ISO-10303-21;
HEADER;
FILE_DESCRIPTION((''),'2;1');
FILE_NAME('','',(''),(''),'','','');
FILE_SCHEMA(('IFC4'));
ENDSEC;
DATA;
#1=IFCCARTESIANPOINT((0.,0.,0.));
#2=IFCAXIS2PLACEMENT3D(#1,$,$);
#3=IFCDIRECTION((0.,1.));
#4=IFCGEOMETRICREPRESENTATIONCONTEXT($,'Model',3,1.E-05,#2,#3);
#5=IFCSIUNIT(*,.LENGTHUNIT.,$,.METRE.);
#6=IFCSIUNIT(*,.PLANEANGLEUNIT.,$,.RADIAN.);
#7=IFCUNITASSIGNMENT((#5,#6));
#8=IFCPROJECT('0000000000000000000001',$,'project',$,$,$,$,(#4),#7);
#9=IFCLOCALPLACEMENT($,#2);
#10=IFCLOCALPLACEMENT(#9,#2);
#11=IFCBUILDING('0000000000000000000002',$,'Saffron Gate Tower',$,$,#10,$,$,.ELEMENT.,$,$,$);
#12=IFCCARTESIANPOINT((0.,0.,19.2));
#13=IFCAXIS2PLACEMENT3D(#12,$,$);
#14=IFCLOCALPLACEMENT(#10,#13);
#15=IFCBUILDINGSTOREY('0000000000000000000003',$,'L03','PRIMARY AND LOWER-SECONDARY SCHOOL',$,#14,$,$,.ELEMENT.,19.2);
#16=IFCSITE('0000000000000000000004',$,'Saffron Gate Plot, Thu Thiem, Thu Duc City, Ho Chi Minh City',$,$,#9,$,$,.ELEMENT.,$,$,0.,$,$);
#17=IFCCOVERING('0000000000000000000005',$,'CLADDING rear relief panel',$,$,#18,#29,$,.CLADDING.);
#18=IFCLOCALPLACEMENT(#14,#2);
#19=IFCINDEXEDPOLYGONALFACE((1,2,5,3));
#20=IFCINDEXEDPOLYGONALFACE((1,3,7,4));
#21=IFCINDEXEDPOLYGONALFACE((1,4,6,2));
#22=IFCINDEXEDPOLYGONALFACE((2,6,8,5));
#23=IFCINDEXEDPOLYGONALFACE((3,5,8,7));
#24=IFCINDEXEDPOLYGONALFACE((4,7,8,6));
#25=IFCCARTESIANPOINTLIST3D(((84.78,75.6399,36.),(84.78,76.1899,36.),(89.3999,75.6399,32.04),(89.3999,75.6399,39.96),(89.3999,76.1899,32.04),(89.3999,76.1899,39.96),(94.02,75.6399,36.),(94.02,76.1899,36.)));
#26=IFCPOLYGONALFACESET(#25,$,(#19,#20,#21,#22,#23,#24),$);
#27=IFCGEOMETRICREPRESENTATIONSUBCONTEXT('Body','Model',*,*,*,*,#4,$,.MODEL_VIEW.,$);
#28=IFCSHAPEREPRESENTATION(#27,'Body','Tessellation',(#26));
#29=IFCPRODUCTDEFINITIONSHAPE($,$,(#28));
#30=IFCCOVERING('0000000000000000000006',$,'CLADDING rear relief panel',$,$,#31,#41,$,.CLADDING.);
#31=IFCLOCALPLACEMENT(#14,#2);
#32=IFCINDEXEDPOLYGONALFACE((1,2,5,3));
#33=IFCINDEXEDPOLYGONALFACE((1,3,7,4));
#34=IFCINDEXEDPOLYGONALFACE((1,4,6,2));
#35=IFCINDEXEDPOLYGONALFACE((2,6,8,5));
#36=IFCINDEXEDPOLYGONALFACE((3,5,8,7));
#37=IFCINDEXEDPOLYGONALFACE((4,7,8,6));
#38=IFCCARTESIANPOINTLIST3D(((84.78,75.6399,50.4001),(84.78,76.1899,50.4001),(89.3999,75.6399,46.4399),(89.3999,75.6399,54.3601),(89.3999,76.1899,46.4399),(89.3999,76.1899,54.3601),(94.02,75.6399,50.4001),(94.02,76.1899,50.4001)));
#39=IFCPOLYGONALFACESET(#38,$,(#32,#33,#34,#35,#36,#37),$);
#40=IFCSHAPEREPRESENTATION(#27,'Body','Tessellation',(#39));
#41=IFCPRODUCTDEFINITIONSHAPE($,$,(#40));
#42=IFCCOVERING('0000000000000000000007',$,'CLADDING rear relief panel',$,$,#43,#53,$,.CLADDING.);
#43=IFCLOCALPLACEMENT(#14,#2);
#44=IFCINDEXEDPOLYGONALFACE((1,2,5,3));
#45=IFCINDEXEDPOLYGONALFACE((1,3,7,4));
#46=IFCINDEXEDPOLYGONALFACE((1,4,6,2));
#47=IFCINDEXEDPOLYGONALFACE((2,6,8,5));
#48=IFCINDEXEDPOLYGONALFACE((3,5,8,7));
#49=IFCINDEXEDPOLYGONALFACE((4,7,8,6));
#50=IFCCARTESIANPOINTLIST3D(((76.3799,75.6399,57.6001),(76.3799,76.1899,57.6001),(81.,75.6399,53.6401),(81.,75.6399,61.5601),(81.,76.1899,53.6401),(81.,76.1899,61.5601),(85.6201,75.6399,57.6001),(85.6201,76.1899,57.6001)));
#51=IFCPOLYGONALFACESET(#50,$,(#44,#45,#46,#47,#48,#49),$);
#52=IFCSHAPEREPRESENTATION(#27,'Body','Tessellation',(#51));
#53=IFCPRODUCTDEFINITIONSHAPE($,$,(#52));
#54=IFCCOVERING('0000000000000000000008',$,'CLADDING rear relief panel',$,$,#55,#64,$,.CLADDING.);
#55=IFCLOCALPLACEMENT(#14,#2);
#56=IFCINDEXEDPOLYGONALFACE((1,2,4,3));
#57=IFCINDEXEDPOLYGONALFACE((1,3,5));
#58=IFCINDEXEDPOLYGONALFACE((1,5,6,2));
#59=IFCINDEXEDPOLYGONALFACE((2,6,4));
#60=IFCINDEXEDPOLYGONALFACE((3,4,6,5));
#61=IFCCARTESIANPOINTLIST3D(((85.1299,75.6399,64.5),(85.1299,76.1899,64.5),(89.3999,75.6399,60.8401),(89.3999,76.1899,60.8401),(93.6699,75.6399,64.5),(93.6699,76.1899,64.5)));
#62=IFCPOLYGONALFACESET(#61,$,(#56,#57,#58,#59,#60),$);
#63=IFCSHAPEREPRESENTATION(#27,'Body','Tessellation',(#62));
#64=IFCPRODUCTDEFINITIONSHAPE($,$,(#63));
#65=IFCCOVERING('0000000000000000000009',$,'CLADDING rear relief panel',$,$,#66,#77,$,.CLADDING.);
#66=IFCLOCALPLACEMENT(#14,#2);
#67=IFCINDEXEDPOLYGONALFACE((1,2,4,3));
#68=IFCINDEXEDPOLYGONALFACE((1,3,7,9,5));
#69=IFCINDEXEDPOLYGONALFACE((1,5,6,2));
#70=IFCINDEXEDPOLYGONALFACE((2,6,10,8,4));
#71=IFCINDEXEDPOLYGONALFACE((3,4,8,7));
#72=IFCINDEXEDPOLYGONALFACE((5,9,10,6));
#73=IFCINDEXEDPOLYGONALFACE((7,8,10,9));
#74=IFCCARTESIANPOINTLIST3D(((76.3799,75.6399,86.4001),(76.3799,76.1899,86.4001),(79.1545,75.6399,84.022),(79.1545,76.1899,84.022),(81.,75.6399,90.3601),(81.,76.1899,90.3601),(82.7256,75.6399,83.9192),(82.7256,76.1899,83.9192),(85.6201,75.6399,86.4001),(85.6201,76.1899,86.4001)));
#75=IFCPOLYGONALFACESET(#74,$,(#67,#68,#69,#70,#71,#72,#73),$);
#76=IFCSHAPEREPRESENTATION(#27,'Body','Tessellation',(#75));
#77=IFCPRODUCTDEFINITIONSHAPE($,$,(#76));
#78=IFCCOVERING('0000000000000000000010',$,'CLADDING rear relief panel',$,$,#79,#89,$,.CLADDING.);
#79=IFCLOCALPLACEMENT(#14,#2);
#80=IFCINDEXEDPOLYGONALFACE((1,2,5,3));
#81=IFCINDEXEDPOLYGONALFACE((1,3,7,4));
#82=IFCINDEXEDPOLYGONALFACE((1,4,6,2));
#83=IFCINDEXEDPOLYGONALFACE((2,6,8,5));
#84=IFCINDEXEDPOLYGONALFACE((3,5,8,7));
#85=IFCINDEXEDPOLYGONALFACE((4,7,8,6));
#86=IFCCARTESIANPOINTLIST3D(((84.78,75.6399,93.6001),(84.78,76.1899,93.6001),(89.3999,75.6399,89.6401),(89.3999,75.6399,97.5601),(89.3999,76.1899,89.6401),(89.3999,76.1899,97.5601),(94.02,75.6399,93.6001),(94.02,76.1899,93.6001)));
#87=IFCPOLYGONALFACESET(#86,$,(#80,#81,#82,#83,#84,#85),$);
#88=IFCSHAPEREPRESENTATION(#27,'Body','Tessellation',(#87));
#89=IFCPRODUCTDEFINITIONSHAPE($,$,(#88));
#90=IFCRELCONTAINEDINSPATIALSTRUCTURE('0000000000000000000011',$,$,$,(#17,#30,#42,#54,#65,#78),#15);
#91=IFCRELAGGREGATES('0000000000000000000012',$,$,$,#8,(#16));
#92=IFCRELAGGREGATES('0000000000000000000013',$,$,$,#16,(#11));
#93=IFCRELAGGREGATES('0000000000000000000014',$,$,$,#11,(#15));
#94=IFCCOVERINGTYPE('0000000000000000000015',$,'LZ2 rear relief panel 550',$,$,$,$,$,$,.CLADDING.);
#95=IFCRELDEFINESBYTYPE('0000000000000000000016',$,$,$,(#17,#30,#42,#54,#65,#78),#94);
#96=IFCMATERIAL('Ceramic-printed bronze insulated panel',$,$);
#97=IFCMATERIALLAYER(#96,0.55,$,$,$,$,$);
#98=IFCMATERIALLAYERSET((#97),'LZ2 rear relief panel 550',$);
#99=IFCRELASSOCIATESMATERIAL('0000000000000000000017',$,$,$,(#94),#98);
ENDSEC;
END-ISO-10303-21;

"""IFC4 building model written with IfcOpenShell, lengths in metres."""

from ifc_helpers import new_model, si_unit, direction, frame, origin, place, context, subcontext, project, spatial, polyline, outline, extrude, material, layer, layer_set, type_object, element, save


model = new_model("IFC4")

# Units and contexts
model_context = context("Model", 3, precision=1e-05, world=origin(), true_north=direction((0.0, 1.0)))
body_context = subcontext(model_context, "Body", "Model", "MODEL_VIEW")
ifc_project = project(units=[si_unit("LENGTHUNIT", "METRE"), si_unit("PLANEANGLEUNIT", "RADIAN")], contexts=[model_context])

# Site, building, storey
site_placement = place(None, origin())
site = spatial("IfcSite", under=ifc_project, at=site_placement, Name="Saffron Gate Plot, Thu Thiem, Thu Duc City, Ho Chi Minh City", CompositionType="ELEMENT", RefElevation=0.0)
building_placement = place(site_placement, origin())
building = spatial("IfcBuilding", under=site, at=building_placement, Name="Saffron Gate Tower", CompositionType="ELEMENT")
storey_placement = place(building_placement, frame((0.0, 0.0, 19.2)))
storey = spatial("IfcBuildingStorey", under=building, at=storey_placement, Name="L03", Description="PRIMARY AND LOWER-SECONDARY SCHOOL", CompositionType="ELEMENT", Elevation=19.2)

# Coverings
ifc_material = material(Name="Ceramic-printed bronze insulated panel")
ifc_layer_1 = layer(ifc_material, 0.55)
ifc_layer_set_1 = layer_set([ifc_layer_1], Name="LZ2 rear relief panel 550")
covering_type_1 = type_object("IfcCoveringType", Name="LZ2 rear relief panel 550", PredefinedType="CLADDING", material=ifc_layer_set_1)
covering_1_placement = place(storey_placement, frame((89.3999, 76.1899, 39.96), z_axis=(0.0, 1.0, 0.0), x_axis=(0.759268, 0.0, -0.650778)))
element("IfcCovering", 1, at=covering_1_placement, inside=storey, type_object=covering_type_1, Name="CLADDING rear relief panel", PredefinedType="CLADDING", context=body_context, shape_type="SweptSolid", body=[
    extrude(outline(polyline([(0.0, 0.0), (6.085, 0.0), (5.1541, 6.0133), (-0.9307, 6.0132), (0.0, 0.0)])), origin(), (0.0, 0.0, -1.0), 0.55),
])
covering_2_placement = place(storey_placement, frame((89.3999, 76.1899, 54.3601), z_axis=(0.0, 1.0, 0.0), x_axis=(0.759268, 0.0, -0.650778)))
element("IfcCovering", 2, at=covering_2_placement, inside=storey, type_object=covering_type_1, Name="CLADDING rear relief panel", PredefinedType="CLADDING", context=body_context, shape_type="SweptSolid", body=[
    extrude(outline(polyline([(0.0, 0.0), (6.085, 0.0), (5.1543, 6.0135), (-0.9307, 6.0132), (0.0, 0.0)])), origin(), (0.0, 0.0, -1.0), 0.55),
])
covering_3_placement = place(storey_placement, frame((81.0, 76.1899, 61.5601), z_axis=(0.0, 1.0, 0.0), x_axis=(0.759268, 0.0, -0.650778)))
element("IfcCovering", 3, at=covering_3_placement, inside=storey, type_object=covering_type_1, Name="CLADDING rear relief panel", PredefinedType="CLADDING", context=body_context, shape_type="SweptSolid", body=[
    extrude(outline(polyline([(0.0, 0.0), (6.085, 0.0), (5.1541, 6.0133), (-0.9309, 6.0133), (0.0, 0.0)])), origin(), (0.0, 0.0, -1.0), 0.55),
])
covering_4_placement = place(storey_placement, frame((85.1299, 76.1899, 64.5), z_axis=(0.0, 1.0, 0.0), x_axis=(1.0, 0.0, 0.0)))
element("IfcCovering", 4, at=covering_4_placement, inside=storey, type_object=covering_type_1, Name="CLADDING rear relief panel", PredefinedType="CLADDING", context=body_context, shape_type="SweptSolid", body=[
    extrude(outline(polyline([(0.0, 0.0), (8.54, 0.0), (4.27, 3.6599), (0.0, 0.0)])), origin(), (0.0, 0.0, -1.0), 0.55),
])
covering_5_placement = place(storey_placement, frame((81.0, 76.1899, 90.3601), z_axis=(0.0, 1.0, 0.0), x_axis=(0.759268, 0.0, -0.650778)))
element("IfcCovering", 5, at=covering_5_placement, inside=storey, type_object=covering_type_1, Name="CLADDING rear relief panel", PredefinedType="CLADDING", context=body_context, shape_type="SweptSolid", body=[
    extrude(outline(polyline([(0.0, 0.0), (6.085, 0.0), (5.5018, 3.7674), (2.7235, 6.0133), (-0.9309, 6.0133), (0.0, 0.0)])), origin(), (0.0, 0.0, -1.0), 0.55),
])
covering_6_placement = place(storey_placement, frame((89.3999, 76.1899, 97.5601), z_axis=(0.0, 1.0, 0.0), x_axis=(0.759268, 0.0, -0.650778)))
element("IfcCovering", 6, at=covering_6_placement, inside=storey, type_object=covering_type_1, Name="CLADDING rear relief panel", PredefinedType="CLADDING", context=body_context, shape_type="SweptSolid", body=[
    extrude(outline(polyline([(0.0, 0.0), (6.085, 0.0), (5.1541, 6.0133), (-0.9307, 6.0132), (0.0, 0.0)])), origin(), (0.0, 0.0, -1.0), 0.55),
])

save(model, "model.ifc")
